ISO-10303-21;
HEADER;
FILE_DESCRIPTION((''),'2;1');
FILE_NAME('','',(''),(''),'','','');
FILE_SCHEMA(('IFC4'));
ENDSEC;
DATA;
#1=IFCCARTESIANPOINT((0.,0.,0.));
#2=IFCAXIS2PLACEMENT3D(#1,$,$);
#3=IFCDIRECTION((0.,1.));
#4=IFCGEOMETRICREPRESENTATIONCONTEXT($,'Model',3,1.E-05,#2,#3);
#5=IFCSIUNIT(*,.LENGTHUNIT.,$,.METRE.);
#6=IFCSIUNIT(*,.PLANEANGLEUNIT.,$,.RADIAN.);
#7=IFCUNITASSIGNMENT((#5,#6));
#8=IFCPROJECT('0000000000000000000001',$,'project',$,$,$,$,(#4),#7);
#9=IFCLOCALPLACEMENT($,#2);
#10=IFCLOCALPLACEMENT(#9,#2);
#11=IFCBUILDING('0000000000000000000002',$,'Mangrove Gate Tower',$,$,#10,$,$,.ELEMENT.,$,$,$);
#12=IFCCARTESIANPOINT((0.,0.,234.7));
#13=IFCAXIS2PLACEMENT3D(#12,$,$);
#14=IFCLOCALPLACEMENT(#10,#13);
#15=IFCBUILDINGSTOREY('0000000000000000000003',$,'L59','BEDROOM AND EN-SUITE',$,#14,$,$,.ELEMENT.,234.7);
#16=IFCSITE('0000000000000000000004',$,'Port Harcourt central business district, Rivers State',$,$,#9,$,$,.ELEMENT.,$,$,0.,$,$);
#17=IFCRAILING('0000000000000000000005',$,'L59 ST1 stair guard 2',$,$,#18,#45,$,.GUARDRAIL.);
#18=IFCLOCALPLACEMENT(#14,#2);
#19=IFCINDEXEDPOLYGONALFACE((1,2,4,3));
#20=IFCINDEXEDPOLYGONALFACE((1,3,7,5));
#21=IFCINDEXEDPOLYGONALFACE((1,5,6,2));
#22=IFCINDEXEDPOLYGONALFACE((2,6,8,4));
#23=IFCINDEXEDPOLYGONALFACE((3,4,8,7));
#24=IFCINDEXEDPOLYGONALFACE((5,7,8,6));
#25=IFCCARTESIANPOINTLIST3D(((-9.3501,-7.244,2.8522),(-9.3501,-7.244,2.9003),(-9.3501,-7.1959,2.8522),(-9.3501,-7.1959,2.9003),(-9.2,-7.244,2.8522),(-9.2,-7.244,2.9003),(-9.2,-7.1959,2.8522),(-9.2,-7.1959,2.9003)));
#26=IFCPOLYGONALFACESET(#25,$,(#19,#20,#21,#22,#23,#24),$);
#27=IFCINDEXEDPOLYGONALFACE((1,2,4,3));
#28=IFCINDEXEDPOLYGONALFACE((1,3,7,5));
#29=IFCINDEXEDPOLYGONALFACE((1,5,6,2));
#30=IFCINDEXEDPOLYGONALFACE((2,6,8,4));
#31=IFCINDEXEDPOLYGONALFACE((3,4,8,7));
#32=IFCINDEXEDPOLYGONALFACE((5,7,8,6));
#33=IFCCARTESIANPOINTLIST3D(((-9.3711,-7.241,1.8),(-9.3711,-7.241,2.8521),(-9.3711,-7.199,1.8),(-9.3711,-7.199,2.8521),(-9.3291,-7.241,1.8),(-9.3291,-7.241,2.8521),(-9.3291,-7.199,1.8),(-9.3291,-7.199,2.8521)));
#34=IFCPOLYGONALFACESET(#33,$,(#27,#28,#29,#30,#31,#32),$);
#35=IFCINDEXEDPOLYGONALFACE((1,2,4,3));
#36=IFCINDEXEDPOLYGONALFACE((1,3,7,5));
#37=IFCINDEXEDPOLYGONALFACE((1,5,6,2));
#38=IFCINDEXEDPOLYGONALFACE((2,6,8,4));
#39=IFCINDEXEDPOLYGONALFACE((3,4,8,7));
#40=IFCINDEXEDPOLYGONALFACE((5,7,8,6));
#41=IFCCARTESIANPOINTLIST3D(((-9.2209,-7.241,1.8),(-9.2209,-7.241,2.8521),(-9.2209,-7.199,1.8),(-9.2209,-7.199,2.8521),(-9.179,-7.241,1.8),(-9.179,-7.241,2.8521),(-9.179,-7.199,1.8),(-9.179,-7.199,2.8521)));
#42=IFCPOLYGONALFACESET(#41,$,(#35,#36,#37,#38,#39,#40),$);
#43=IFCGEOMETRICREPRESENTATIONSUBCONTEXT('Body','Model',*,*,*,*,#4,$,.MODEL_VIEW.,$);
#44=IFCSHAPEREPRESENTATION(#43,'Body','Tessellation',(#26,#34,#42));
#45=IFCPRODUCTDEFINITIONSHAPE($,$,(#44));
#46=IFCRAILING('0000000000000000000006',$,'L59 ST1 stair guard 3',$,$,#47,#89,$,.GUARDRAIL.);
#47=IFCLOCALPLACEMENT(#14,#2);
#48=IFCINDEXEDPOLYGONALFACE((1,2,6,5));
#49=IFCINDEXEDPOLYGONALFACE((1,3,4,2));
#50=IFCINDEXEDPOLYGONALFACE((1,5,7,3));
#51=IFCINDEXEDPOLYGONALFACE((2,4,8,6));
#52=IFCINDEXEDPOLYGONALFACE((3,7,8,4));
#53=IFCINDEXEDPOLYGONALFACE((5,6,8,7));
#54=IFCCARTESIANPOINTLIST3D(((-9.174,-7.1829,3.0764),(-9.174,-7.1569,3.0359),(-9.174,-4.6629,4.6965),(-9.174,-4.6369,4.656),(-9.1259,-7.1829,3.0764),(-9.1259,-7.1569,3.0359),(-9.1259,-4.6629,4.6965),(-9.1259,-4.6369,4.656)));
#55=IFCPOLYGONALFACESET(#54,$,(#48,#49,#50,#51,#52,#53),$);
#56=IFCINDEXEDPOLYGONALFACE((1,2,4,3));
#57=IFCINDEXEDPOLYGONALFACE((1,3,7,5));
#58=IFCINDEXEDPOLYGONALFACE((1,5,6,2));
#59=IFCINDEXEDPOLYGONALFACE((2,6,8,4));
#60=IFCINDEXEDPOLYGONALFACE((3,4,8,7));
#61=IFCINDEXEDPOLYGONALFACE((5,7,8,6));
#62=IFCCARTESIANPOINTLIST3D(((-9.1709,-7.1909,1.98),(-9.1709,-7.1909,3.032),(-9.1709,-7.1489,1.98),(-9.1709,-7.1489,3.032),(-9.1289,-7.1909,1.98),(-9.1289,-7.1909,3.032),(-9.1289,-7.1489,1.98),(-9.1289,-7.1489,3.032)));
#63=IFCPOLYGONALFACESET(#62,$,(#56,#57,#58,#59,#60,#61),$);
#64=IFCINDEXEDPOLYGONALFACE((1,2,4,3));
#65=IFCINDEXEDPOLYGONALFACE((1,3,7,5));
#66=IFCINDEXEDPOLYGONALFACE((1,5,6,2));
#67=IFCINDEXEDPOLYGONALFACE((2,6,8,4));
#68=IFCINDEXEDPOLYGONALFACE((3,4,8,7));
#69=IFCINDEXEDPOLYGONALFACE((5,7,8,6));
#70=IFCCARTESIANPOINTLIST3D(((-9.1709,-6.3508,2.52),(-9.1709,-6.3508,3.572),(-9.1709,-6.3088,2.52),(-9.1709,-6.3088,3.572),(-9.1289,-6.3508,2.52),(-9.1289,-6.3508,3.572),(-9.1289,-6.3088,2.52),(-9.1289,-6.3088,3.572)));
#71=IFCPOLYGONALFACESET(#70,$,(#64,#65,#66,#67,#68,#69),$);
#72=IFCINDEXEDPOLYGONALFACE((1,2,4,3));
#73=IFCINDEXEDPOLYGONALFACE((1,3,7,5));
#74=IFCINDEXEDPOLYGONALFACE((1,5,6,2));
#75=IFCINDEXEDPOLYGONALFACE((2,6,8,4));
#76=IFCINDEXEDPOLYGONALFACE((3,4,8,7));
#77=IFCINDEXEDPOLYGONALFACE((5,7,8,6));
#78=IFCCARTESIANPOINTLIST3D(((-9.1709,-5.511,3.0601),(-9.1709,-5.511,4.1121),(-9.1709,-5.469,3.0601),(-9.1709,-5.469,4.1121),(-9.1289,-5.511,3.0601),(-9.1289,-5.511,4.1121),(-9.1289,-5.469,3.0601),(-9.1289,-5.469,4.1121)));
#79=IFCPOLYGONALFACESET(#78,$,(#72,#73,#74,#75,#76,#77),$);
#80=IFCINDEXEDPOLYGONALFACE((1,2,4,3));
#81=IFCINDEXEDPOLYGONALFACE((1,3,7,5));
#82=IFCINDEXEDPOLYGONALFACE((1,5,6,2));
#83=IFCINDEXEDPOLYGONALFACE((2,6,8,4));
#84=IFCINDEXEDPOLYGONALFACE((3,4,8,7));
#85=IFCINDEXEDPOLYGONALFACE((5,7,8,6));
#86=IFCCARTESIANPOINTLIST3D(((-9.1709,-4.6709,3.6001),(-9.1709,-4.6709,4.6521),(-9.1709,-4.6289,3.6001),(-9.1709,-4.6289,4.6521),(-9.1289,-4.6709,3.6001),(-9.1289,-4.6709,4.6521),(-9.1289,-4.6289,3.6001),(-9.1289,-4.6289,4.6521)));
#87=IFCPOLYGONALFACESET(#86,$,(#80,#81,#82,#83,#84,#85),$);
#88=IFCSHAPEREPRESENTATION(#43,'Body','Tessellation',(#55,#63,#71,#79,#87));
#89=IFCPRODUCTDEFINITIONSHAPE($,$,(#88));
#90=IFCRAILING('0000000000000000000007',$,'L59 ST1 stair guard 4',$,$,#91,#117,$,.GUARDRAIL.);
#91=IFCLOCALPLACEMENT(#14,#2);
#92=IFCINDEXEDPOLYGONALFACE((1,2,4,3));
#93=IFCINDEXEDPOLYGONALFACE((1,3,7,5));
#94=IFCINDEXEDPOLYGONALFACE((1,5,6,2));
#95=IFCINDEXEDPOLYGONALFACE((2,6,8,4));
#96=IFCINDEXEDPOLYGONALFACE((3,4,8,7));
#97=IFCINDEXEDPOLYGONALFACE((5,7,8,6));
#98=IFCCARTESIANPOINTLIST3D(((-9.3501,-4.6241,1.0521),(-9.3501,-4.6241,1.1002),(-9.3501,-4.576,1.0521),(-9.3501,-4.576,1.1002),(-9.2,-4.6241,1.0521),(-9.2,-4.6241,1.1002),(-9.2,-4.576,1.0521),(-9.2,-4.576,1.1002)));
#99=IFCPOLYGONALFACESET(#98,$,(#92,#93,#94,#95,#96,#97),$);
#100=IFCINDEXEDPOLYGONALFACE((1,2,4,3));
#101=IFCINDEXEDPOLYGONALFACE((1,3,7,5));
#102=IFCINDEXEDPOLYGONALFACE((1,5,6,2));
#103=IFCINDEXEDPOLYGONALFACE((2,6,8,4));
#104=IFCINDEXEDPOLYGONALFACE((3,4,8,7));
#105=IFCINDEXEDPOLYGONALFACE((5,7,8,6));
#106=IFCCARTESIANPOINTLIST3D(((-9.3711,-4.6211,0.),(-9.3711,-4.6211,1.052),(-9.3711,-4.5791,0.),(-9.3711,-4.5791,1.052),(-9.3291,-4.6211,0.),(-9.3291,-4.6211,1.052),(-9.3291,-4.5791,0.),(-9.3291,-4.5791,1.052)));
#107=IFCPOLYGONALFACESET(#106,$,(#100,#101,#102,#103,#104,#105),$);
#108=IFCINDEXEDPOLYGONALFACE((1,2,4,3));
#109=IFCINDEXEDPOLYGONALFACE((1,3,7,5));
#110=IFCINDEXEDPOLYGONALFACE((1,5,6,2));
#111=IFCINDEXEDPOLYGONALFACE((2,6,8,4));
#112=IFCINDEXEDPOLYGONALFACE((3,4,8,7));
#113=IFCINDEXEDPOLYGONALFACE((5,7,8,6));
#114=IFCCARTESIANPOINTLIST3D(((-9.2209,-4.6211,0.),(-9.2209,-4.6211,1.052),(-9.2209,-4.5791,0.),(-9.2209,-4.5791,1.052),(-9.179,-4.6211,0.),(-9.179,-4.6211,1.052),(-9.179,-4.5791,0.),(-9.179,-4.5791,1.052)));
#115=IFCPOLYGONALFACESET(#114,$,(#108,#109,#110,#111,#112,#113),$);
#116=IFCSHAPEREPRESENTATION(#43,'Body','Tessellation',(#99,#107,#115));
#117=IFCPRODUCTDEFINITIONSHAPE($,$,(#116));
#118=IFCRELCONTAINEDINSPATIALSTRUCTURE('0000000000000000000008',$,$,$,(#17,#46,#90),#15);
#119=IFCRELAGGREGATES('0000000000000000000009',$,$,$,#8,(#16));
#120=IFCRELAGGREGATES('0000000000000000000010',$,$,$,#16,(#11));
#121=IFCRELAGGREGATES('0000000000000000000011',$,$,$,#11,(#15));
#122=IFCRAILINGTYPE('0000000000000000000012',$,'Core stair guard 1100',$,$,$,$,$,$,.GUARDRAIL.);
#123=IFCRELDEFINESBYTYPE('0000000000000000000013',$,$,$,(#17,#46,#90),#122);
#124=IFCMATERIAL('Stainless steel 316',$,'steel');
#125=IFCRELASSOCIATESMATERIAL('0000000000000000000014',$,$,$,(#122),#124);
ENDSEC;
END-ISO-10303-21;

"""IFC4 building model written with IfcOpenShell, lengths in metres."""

from ifc_helpers import new_model, si_unit, direction, frame, origin, origin_2d, place, context, subcontext, project, spatial, rectangle, extrude, material, type_object, element, save


model = new_model("IFC4")

# Units and contexts
model_context = context("Model", 3, precision=1e-05, world=origin(), true_north=direction((0.0, 1.0)))
body_context = subcontext(model_context, "Body", "Model", "MODEL_VIEW")
ifc_project = project(units=[si_unit("LENGTHUNIT", "METRE"), si_unit("PLANEANGLEUNIT", "RADIAN")], contexts=[model_context])

# Site, building, storey
site_placement = place(None, origin())
site = spatial("IfcSite", under=ifc_project, at=site_placement, Name="Port Harcourt central business district, Rivers State", CompositionType="ELEMENT", RefElevation=0.0)
building_placement = place(site_placement, origin())
building = spatial("IfcBuilding", under=site, at=building_placement, Name="Mangrove Gate Tower", CompositionType="ELEMENT")
storey_placement = place(building_placement, frame((0.0, 0.0, 234.7)))
storey = spatial("IfcBuildingStorey", under=building, at=storey_placement, Name="L59", Description="BEDROOM AND EN-SUITE", CompositionType="ELEMENT", Elevation=234.7)

# Railings
ifc_material_1 = material(Name="Stainless steel 316", Category="steel")
railing_type_1 = type_object("IfcRailingType", Name="Core stair guard 1100", PredefinedType="GUARDRAIL", material=ifc_material_1)
railing_1_placement = place(storey_placement, frame((-9.3501, -7.22, 1.8)))
element("IfcRailing", 1, at=railing_1_placement, inside=storey, type_object=railing_type_1, Name="L59 ST1 stair guard 2", PredefinedType="GUARDRAIL", context=body_context, shape_type="SweptSolid", body=[
    extrude(rectangle(XDim=0.0481, YDim=0.0481, at=origin_2d()), frame((0.0, 0.0, 1.0762), z_axis=(1.0, 0.0, 0.0), x_axis=(0.0, 1.0, 0.0)), (0.0, 0.0, 1.0), 0.1501),
    extrude(rectangle(XDim=0.042, YDim=0.042, at=origin_2d()), origin(), (0.0, 0.0, 1.0), 1.052),
    extrude(rectangle(XDim=0.042, YDim=0.042, at=origin_2d()), frame((0.1501, 0.0, 0.0)), (0.0, 0.0, 1.0), 1.052),
])
railing_2_placement = place(storey_placement, frame((-9.1499, -7.1699, 1.98)))
element("IfcRailing", 2, at=railing_2_placement, inside=storey, type_object=railing_type_1, Name="L59 ST1 stair guard 3", PredefinedType="GUARDRAIL", context=body_context, shape_type="SweptSolid", body=[
    extrude(rectangle(XDim=0.0481, YDim=0.0481, at=origin_2d()), frame((0.0, 0.0, 1.0762), z_axis=(0.0, 0.841163, 0.540782), x_axis=(-1.0, 0.0, 0.0)), (0.0, 0.0, 1.0), 2.9958),
    extrude(rectangle(XDim=0.042, YDim=0.042, at=origin_2d()), origin(), (0.0, 0.0, 1.0), 1.052),
    extrude(rectangle(XDim=0.042, YDim=0.042, at=origin_2d()), frame((0.0, 0.8401, 0.54)), (0.0, 0.0, 1.0), 1.052),
    extrude(rectangle(XDim=0.042, YDim=0.042, at=origin_2d()), frame((0.0, 1.6799, 1.0801)), (0.0, 0.0, 1.0), 1.052),
    extrude(rectangle(XDim=0.042, YDim=0.042, at=origin_2d()), frame((0.0, 2.52, 1.6201)), (0.0, 0.0, 1.0), 1.052),
])
railing_3_placement = place(storey_placement, frame((-9.3501, -4.6001, 0.0)))
element("IfcRailing", 3, at=railing_3_placement, inside=storey, type_object=railing_type_1, Name="L59 ST1 stair guard 4", PredefinedType="GUARDRAIL", context=body_context, shape_type="SweptSolid", body=[
    extrude(rectangle(XDim=0.0481, YDim=0.0481, at=origin_2d()), frame((0.0, 0.0, 1.0762), z_axis=(1.0, 0.0, 0.0), x_axis=(0.0, 1.0, 0.0)), (0.0, 0.0, 1.0), 0.1501),
    extrude(rectangle(XDim=0.042, YDim=0.042, at=origin_2d()), origin(), (0.0, 0.0, 1.0), 1.052),
    extrude(rectangle(XDim=0.042, YDim=0.042, at=origin_2d()), frame((0.1501, 0.0, 0.0)), (0.0, 0.0, 1.0), 1.052),
])

save(model, "model.ifc")
